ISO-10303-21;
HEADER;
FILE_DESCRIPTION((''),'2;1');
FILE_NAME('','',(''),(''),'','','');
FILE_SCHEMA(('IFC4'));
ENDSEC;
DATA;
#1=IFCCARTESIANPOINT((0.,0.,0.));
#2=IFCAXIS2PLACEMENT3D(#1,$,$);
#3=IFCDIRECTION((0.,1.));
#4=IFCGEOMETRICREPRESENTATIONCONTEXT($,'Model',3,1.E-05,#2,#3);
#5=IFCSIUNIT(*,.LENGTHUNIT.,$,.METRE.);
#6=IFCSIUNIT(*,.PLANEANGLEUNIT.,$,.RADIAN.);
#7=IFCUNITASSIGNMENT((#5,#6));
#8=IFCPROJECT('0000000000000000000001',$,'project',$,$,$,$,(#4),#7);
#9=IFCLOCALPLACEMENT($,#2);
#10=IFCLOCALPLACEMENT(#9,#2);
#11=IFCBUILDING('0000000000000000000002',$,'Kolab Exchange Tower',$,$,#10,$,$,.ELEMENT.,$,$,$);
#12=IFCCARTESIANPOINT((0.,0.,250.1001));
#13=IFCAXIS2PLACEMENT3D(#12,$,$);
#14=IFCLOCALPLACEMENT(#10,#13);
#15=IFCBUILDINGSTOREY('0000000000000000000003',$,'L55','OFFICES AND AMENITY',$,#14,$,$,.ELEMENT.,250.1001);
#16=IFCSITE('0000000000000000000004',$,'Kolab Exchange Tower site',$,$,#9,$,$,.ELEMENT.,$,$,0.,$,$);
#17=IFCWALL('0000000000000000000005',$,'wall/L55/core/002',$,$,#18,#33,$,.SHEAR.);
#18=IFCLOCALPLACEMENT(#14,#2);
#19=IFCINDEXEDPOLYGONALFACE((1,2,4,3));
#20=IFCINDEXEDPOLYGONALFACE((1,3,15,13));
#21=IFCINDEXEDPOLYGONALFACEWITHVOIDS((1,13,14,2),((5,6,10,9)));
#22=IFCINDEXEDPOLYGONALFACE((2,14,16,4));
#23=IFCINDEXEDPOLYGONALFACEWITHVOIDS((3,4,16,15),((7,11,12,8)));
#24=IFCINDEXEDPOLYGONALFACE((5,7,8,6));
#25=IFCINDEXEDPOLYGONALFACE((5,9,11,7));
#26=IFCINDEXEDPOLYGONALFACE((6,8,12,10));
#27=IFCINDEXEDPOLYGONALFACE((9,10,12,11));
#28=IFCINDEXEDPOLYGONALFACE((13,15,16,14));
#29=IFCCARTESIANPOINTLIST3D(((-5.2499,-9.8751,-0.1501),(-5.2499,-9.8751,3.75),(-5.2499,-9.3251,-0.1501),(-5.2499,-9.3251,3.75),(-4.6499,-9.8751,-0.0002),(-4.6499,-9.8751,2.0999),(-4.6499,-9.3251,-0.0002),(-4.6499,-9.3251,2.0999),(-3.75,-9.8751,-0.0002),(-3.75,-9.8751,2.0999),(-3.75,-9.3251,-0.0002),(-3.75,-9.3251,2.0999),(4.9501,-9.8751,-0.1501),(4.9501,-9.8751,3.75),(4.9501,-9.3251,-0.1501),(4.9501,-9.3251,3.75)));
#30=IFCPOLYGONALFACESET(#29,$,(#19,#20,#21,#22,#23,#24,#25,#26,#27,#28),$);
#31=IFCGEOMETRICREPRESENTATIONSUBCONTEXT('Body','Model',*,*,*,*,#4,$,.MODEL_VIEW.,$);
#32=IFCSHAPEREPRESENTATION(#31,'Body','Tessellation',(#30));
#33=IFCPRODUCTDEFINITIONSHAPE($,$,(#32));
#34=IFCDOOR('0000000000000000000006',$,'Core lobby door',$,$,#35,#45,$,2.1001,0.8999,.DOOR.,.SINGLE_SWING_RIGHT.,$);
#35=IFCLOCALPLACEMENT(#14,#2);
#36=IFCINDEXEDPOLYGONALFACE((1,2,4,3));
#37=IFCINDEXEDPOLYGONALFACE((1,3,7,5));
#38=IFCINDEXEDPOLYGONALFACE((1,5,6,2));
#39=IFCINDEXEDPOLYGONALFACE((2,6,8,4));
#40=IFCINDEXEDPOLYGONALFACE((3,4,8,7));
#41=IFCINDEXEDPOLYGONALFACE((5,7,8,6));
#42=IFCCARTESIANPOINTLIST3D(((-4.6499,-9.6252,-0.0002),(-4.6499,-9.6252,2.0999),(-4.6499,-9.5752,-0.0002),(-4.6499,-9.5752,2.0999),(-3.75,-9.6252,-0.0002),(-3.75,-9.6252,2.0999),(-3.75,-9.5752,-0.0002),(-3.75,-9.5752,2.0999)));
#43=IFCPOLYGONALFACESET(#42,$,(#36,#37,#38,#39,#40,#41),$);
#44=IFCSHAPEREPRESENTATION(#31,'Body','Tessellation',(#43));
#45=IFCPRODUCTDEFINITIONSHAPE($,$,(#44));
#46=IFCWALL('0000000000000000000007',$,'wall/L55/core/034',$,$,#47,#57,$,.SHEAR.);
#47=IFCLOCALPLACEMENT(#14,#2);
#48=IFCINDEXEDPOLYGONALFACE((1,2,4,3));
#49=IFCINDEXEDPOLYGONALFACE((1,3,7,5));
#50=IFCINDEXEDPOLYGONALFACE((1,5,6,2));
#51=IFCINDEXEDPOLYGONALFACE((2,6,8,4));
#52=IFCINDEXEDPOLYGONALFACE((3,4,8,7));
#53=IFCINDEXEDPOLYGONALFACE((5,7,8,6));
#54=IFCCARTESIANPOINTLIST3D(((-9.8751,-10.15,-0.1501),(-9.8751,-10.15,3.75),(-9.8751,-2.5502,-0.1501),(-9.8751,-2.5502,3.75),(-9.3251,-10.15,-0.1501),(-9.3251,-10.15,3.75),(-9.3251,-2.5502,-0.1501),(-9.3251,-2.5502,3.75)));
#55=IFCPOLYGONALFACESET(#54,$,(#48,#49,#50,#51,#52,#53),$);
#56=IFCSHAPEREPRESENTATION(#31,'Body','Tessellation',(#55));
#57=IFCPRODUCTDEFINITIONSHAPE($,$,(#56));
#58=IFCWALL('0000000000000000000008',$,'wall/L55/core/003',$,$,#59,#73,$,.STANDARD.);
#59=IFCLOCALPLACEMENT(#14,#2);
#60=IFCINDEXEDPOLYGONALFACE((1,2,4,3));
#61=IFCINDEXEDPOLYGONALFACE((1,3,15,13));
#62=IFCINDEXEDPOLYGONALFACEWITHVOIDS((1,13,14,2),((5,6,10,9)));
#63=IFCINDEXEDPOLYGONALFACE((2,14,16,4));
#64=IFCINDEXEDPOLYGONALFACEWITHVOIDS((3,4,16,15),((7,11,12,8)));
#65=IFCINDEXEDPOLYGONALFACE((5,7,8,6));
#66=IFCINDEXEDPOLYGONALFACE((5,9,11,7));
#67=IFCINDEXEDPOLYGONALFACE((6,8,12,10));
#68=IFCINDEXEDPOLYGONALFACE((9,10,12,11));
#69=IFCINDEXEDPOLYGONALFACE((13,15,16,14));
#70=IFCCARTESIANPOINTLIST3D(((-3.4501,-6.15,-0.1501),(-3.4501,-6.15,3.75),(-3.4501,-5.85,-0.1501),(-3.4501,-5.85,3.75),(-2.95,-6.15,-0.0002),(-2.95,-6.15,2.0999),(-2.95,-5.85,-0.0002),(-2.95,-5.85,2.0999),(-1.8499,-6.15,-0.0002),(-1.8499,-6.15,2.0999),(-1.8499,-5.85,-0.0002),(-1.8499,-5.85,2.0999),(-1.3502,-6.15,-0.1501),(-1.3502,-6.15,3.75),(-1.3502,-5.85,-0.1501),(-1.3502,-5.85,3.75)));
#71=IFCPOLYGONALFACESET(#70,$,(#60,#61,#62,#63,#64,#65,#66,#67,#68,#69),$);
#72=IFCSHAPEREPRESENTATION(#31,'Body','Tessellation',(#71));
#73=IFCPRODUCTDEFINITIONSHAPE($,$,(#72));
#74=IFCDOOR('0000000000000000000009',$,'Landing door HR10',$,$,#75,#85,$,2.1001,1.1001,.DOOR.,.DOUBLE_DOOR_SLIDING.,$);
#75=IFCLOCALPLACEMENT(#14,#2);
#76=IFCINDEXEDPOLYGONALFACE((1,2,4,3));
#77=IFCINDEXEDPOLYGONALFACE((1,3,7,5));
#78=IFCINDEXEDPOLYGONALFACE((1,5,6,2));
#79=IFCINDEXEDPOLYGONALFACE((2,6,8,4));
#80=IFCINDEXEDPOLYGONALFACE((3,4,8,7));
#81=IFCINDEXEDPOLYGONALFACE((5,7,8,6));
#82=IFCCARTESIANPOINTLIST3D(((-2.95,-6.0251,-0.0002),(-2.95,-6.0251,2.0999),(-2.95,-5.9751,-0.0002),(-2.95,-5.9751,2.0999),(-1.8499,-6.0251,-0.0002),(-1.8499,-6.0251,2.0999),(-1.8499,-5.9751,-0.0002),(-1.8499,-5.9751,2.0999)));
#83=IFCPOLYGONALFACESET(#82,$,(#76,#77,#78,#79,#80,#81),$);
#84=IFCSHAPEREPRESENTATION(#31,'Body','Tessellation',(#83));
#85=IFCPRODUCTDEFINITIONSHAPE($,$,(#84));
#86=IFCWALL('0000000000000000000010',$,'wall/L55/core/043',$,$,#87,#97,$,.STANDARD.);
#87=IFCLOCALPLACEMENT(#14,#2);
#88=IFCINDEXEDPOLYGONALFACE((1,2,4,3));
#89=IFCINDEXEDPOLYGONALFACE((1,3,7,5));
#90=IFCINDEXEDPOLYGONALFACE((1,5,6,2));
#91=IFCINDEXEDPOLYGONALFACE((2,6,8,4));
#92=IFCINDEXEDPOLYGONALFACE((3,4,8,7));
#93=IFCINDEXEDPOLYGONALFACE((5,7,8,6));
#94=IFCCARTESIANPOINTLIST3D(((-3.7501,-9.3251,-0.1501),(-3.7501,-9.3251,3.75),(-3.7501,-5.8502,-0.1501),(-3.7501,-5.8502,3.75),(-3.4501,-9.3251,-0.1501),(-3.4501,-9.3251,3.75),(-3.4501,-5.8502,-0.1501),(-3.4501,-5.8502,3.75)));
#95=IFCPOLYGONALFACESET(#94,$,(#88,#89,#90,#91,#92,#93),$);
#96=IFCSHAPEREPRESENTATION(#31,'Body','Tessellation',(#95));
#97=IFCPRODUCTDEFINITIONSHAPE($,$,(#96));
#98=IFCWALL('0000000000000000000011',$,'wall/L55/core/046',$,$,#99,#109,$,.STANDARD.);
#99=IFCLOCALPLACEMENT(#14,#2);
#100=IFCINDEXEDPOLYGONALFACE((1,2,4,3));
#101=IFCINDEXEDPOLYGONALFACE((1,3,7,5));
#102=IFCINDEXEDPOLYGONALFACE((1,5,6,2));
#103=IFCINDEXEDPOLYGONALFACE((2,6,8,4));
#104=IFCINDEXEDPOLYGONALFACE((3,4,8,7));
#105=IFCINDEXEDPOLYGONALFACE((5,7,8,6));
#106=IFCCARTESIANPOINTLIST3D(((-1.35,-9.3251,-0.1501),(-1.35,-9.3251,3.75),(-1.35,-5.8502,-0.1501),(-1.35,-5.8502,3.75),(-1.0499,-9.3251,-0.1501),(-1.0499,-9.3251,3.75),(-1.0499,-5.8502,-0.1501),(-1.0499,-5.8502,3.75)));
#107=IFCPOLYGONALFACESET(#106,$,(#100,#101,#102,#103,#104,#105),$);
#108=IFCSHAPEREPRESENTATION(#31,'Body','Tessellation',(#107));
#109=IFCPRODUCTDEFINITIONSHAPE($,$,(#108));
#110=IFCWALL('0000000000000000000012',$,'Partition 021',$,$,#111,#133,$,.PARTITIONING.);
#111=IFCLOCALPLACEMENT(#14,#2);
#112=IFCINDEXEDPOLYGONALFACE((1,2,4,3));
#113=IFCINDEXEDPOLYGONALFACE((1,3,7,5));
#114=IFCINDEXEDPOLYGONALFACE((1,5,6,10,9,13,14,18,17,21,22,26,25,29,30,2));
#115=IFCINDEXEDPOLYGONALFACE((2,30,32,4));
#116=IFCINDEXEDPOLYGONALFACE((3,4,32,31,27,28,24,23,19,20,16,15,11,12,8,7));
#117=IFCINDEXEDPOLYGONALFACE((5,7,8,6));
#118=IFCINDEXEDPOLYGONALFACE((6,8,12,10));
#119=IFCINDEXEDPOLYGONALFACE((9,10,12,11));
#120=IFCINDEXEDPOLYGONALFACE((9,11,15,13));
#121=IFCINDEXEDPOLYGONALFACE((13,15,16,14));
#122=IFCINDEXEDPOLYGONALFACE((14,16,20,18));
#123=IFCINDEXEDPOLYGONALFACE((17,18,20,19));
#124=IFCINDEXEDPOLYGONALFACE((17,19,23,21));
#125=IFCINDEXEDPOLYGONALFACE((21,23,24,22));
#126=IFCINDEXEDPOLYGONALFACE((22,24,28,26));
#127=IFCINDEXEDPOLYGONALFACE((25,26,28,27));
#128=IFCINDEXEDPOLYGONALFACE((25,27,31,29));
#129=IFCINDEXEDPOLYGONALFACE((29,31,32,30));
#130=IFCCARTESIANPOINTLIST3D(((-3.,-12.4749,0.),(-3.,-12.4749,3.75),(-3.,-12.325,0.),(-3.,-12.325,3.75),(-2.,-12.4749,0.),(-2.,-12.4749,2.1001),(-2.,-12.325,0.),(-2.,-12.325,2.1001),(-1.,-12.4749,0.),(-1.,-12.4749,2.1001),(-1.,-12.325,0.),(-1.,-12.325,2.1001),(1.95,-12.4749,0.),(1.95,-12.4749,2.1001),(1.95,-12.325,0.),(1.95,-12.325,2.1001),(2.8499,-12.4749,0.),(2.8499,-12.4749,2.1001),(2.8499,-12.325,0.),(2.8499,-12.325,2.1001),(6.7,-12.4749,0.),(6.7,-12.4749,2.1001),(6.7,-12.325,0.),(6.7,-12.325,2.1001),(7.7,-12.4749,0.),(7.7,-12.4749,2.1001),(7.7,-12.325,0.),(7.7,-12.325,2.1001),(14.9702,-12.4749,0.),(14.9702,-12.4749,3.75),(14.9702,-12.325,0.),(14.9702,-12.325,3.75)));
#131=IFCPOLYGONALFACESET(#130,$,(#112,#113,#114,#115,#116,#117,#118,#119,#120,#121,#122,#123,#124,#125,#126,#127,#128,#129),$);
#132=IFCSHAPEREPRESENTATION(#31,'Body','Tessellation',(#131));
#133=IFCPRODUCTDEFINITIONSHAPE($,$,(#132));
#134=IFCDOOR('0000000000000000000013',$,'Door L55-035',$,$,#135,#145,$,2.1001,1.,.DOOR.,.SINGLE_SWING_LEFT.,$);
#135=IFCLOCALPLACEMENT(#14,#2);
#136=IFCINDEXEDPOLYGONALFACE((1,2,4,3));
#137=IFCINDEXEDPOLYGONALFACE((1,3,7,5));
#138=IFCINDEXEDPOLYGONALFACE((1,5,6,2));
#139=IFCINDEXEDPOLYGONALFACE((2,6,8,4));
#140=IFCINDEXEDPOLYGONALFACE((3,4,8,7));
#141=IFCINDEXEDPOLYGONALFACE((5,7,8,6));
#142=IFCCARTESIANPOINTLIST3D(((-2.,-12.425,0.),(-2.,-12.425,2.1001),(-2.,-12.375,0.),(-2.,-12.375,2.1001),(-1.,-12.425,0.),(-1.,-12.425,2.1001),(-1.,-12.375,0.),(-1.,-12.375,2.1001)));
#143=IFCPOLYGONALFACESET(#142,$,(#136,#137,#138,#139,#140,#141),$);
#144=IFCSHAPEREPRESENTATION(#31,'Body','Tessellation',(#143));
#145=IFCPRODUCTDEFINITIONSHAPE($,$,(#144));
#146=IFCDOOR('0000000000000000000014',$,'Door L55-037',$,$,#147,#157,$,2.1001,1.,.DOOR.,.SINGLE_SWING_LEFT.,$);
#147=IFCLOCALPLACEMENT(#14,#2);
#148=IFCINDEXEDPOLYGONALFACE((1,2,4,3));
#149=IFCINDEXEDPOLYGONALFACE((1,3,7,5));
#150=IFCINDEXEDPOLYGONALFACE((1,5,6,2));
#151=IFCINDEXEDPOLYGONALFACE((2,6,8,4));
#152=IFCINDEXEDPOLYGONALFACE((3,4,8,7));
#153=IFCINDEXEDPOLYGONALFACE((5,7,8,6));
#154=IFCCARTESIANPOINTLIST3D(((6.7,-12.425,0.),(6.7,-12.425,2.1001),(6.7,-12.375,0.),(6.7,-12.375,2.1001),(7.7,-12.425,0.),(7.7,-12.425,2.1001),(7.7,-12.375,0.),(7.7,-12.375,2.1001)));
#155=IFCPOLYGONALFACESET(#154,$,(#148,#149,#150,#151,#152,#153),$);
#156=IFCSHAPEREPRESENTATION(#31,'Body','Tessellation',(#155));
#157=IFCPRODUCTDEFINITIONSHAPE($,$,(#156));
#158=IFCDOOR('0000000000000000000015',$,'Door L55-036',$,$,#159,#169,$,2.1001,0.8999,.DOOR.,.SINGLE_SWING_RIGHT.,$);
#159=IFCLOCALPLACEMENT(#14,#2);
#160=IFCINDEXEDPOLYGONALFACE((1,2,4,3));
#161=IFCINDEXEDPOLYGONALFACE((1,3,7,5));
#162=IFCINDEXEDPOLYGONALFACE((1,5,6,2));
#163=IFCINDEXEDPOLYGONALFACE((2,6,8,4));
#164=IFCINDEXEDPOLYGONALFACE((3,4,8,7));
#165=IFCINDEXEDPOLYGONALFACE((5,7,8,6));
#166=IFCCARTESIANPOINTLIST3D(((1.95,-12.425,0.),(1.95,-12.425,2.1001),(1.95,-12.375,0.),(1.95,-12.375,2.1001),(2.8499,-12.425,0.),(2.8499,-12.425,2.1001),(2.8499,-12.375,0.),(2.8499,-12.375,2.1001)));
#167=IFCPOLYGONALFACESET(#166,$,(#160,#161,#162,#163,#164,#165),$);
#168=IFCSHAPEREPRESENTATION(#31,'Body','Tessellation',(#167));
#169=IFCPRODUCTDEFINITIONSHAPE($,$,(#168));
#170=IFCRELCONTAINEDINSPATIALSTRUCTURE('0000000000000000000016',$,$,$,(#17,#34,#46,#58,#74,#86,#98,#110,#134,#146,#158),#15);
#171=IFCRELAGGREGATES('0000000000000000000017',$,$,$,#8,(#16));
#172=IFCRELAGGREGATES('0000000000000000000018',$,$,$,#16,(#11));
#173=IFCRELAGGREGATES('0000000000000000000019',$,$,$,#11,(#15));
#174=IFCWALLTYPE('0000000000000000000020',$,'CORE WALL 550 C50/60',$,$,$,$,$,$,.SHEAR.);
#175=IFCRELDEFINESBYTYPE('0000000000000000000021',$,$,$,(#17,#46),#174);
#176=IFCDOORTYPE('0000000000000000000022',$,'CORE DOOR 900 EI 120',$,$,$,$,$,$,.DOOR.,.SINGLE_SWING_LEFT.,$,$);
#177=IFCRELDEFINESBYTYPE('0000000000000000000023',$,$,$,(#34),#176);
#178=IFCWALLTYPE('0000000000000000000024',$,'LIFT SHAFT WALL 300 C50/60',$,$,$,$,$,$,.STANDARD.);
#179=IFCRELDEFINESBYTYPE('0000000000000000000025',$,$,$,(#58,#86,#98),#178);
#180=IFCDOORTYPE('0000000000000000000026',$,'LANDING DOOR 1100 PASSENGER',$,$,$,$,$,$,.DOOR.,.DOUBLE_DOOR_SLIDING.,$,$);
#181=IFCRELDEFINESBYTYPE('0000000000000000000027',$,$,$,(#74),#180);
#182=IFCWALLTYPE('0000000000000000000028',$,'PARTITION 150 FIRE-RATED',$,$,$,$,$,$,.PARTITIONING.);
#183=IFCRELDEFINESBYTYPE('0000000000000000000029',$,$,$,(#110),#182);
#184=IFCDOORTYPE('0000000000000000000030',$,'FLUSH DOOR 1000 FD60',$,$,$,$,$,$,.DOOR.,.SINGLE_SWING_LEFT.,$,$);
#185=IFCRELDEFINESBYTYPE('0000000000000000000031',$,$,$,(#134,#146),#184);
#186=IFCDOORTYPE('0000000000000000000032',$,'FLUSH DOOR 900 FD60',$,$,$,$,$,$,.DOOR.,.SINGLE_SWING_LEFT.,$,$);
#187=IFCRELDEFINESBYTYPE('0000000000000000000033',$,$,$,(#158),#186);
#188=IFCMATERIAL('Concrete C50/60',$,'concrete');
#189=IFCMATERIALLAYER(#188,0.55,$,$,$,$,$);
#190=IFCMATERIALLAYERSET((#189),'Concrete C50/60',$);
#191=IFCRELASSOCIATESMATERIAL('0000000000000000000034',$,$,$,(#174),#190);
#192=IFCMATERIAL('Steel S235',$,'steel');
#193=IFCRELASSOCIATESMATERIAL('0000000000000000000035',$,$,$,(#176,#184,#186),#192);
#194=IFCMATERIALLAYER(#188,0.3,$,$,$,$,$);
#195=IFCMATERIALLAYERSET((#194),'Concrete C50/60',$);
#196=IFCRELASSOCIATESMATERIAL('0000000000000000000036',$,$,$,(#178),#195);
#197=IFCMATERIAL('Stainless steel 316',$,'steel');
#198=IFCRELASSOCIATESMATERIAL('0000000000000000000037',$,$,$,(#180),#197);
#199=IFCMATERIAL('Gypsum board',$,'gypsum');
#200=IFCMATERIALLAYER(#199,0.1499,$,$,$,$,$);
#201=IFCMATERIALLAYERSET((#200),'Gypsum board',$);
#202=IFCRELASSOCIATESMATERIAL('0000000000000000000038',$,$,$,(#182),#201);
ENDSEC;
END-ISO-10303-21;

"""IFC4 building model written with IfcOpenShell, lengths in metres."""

from ifc_helpers import new_model, si_unit, direction, frame, frame_2d, origin, place, context, subcontext, project, spatial, rectangle, extrude, material, layer, layer_set, type_object, element, fill, save


model = new_model("IFC4")

# Units and contexts
model_context = context("Model", 3, precision=1e-05, world=origin(), true_north=direction((0.0, 1.0)))
body_context = subcontext(model_context, "Body", "Model", "MODEL_VIEW")
ifc_project = project(units=[si_unit("LENGTHUNIT", "METRE"), si_unit("PLANEANGLEUNIT", "RADIAN")], contexts=[model_context])

# Site, building, storey
site_placement = place(None, origin())
site = spatial("IfcSite", under=ifc_project, at=site_placement, Name="Kolab Exchange Tower site", CompositionType="ELEMENT", RefElevation=0.0)
building_placement = place(site_placement, origin())
building = spatial("IfcBuilding", under=site, at=building_placement, Name="Kolab Exchange Tower", CompositionType="ELEMENT")
storey_placement = place(building_placement, frame((0.0, 0.0, 250.1001)))
storey = spatial("IfcBuildingStorey", under=building, at=storey_placement, Name="L55", Description="OFFICES AND AMENITY", CompositionType="ELEMENT", Elevation=250.1001)

# Wall, opening, door
ifc_material_1 = material(Name="Concrete C50/60", Category="concrete")
ifc_layer_1 = layer(ifc_material_1, 0.55)
ifc_layer_set_1 = layer_set([ifc_layer_1], Name="Concrete C50/60")
wall_type_1 = type_object("IfcWallType", Name="CORE WALL 550 C50/60", PredefinedType="SHEAR", material=ifc_layer_set_1)
wall_1_placement = place(storey_placement, frame((-5.25, -9.6001, -0.1501), z_axis=(0.0, 0.0, 1.0), x_axis=(1.0, 0.0, 0.0)))
wall_1 = element("IfcWall", 1, at=wall_1_placement, inside=storey, type_object=wall_type_1, Name="wall/L55/core/002", PredefinedType="SHEAR", context=body_context, shape_type="SweptSolid", body=[
    extrude(rectangle(XDim=10.2, YDim=0.55, at=frame_2d((5.1001, 0.0))), origin(), (0.0, 0.0, 1.0), 3.9001),
])
opening_1_placement = place(wall_1_placement, frame((0.6001, 0.0, 0.1499)))
opening_1 = element("IfcOpeningElement", 2, at=opening_1_placement, cuts=wall_1, PredefinedType="OPENING", context=body_context, shape_type="SweptSolid", body=[
    extrude(rectangle(XDim=0.8999, YDim=2.1001, at=frame_2d((0.45, 1.05))), frame((0.0, 0.2852, 0.0), z_axis=(0.0, -1.0, 0.0), x_axis=(1.0, 0.0, 0.0)), (0.0, 0.0, 1.0), 0.5701),
])
ifc_material_2 = material(Name="Steel S235", Category="steel")
door_type_1 = type_object("IfcDoorType", Name="CORE DOOR 900 EI 120", OperationType="SINGLE_SWING_LEFT", PredefinedType="DOOR", material=ifc_material_2)
door_1_placement = place(opening_1_placement, origin())
door_1 = element("IfcDoor", 3, at=door_1_placement, inside=storey, type_object=door_type_1, Name="Core lobby door", OperationType="SINGLE_SWING_RIGHT", OverallHeight=2.1001, OverallWidth=0.8999, PredefinedType="DOOR", context=body_context, shape_type="SweptSolid", body=[
    extrude(rectangle(XDim=0.8999, YDim=2.1001, at=frame_2d((0.45, 1.05))), frame((0.0, 0.0249, 0.0), z_axis=(0.0, -1.0, 0.0), x_axis=(1.0, 0.0, 0.0)), (0.0, 0.0, 1.0), 0.05),
])
fill(opening_1, door_1)

# Wall
wall_2_placement = place(storey_placement, frame((-9.6001, -10.1499, -0.1501), z_axis=(0.0, 0.0, 1.0), x_axis=(0.0, 1.0, 0.0)))
element("IfcWall", 4, at=wall_2_placement, inside=storey, type_object=wall_type_1, Name="wall/L55/core/034", PredefinedType="SHEAR", context=body_context, shape_type="SweptSolid", body=[
    extrude(rectangle(XDim=7.5999, YDim=0.55, at=frame_2d((3.7998, 0.0))), origin(), (0.0, 0.0, 1.0), 3.9001),
])

# Wall, opening, door
ifc_layer_2 = layer(ifc_material_1, 0.3)
ifc_layer_set_2 = layer_set([ifc_layer_2], Name="Concrete C50/60")
wall_type_2 = type_object("IfcWallType", Name="LIFT SHAFT WALL 300 C50/60", PredefinedType="STANDARD", material=ifc_layer_set_2)
wall_3_placement = place(storey_placement, frame((-3.45, -6.0, -0.1501), z_axis=(0.0, 0.0, 1.0), x_axis=(1.0, 0.0, 0.0)))
wall_3 = element("IfcWall", 5, at=wall_3_placement, inside=storey, type_object=wall_type_2, Name="wall/L55/core/003", PredefinedType="STANDARD", context=body_context, shape_type="SweptSolid", body=[
    extrude(rectangle(XDim=2.0999, YDim=0.3, at=frame_2d((1.0498, 0.0))), origin(), (0.0, 0.0, 1.0), 3.9001),
])
opening_2_placement = place(wall_3_placement, frame((0.5, 0.0, 0.1499)))
opening_2 = element("IfcOpeningElement", 6, at=opening_2_placement, cuts=wall_3, PredefinedType="OPENING", context=body_context, shape_type="SweptSolid", body=[
    extrude(rectangle(XDim=1.1001, YDim=2.1001, at=frame_2d((0.55, 1.05))), frame((0.0, 0.1602, 0.0), z_axis=(0.0, -1.0, 0.0), x_axis=(1.0, 0.0, 0.0)), (0.0, 0.0, 1.0), 0.3201),
])
ifc_material_3 = material(Name="Stainless steel 316", Category="steel")
door_type_2 = type_object("IfcDoorType", Name="LANDING DOOR 1100 PASSENGER", OperationType="DOUBLE_DOOR_SLIDING", PredefinedType="DOOR", material=ifc_material_3)
door_2_placement = place(opening_2_placement, origin())
door_2 = element("IfcDoor", 7, at=door_2_placement, inside=storey, type_object=door_type_2, Name="Landing door HR10", OperationType="DOUBLE_DOOR_SLIDING", OverallHeight=2.1001, OverallWidth=1.1001, PredefinedType="DOOR", context=body_context, shape_type="SweptSolid", body=[
    extrude(rectangle(XDim=1.1001, YDim=2.1001, at=frame_2d((0.55, 1.05))), frame((0.0, 0.0249, 0.0), z_axis=(0.0, -1.0, 0.0), x_axis=(1.0, 0.0, 0.0)), (0.0, 0.0, 1.0), 0.05),
])
fill(opening_2, door_2)

# Walls
for number, where, z_axis, x_axis, name in (
    (8, (-3.6001, -9.325, -0.1501), (0.0, 0.0, 1.0), (0.0, 1.0, 0.0), "wall/L55/core/043"),
    (9, (-1.2, -9.325, -0.1501), (0.0, 0.0, 1.0), (0.0, 1.0, 0.0), "wall/L55/core/046"),
):
    element("IfcWall", number, at=place(storey_placement, frame(where, z_axis=z_axis, x_axis=x_axis)), inside=storey, type_object=wall_type_2, Name=name, PredefinedType="STANDARD", context=body_context, shape_type="SweptSolid", body=[
        extrude(rectangle(XDim=3.4749, YDim=0.3, at=frame_2d((1.7373, 0.0))), origin(), (0.0, 0.0, 1.0), 3.9001),
    ])

# Wall, openings, doors
ifc_material_4 = material(Name="Gypsum board", Category="gypsum")
ifc_layer_3 = layer(ifc_material_4, 0.1499)
ifc_layer_set_3 = layer_set([ifc_layer_3], Name="Gypsum board")
wall_type_3 = type_object("IfcWallType", Name="PARTITION 150 FIRE-RATED", PredefinedType="PARTITIONING", material=ifc_layer_set_3)
wall_4_placement = place(storey_placement, frame((-3.0, -12.3999, 0.0), z_axis=(0.0, 0.0, 1.0), x_axis=(1.0, 0.0, 0.0)))
wall_4 = element("IfcWall", 10, at=wall_4_placement, inside=storey, type_object=wall_type_3, Name="Partition 021", PredefinedType="PARTITIONING", context=body_context, shape_type="SweptSolid", body=[
    extrude(rectangle(XDim=17.9702, YDim=0.1499, at=frame_2d((8.9851, 0.0))), origin(), (0.0, 0.0, 1.0), 3.75),
])
opening_3_placement = place(wall_4_placement, frame((1.0, 0.0, 0.0)))
opening_3 = element("IfcOpeningElement", 11, at=opening_3_placement, cuts=wall_4, PredefinedType="OPENING", context=body_context, shape_type="SweptSolid", body=[
    extrude(rectangle(XDim=1.0, YDim=2.1001, at=frame_2d((0.5, 1.05))), frame((0.0, 0.085, 0.0), z_axis=(0.0, -1.0, 0.0), x_axis=(1.0, 0.0, 0.0)), (0.0, 0.0, 1.0), 0.1699),
])
opening_4_placement = place(wall_4_placement, frame((4.95, 0.0, 0.0)))
opening_4 = element("IfcOpeningElement", 12, at=opening_4_placement, cuts=wall_4, PredefinedType="OPENING", context=body_context, shape_type="SweptSolid", body=[
    extrude(rectangle(XDim=0.8999, YDim=2.1001, at=frame_2d((0.45, 1.05))), frame((0.0, 0.085, 0.0), z_axis=(0.0, -1.0, 0.0), x_axis=(1.0, 0.0, 0.0)), (0.0, 0.0, 1.0), 0.1699),
])
opening_5_placement = place(wall_4_placement, frame((9.7, 0.0, 0.0)))
opening_5 = element("IfcOpeningElement", 13, at=opening_5_placement, cuts=wall_4, PredefinedType="OPENING", context=body_context, shape_type="SweptSolid", body=[
    extrude(rectangle(XDim=1.0, YDim=2.1001, at=frame_2d((0.5, 1.05))), frame((0.0, 0.085, 0.0), z_axis=(0.0, -1.0, 0.0), x_axis=(1.0, 0.0, 0.0)), (0.0, 0.0, 1.0), 0.1699),
])
door_type_3 = type_object("IfcDoorType", Name="FLUSH DOOR 1000 FD60", OperationType="SINGLE_SWING_LEFT", PredefinedType="DOOR", material=ifc_material_2)
door_3_placement = place(opening_3_placement, origin())
door_3 = element("IfcDoor", 14, at=door_3_placement, inside=storey, type_object=door_type_3, Name="Door L55-035", OperationType="SINGLE_SWING_LEFT", OverallHeight=2.1001, OverallWidth=1.0, PredefinedType="DOOR", context=body_context, shape_type="SweptSolid", body=[
    extrude(rectangle(XDim=1.0, YDim=2.1001, at=frame_2d((0.5, 1.05))), frame((0.0, 0.0249, 0.0), z_axis=(0.0, -1.0, 0.0), x_axis=(1.0, 0.0, 0.0)), (0.0, 0.0, 1.0), 0.05),
])
fill(opening_3, door_3)
door_4_placement = place(opening_5_placement, origin())
door_4 = element("IfcDoor", 15, at=door_4_placement, inside=storey, type_object=door_type_3, Name="Door L55-037", OperationType="SINGLE_SWING_LEFT", OverallHeight=2.1001, OverallWidth=1.0, PredefinedType="DOOR", context=body_context, shape_type="SweptSolid", body=[
    extrude(rectangle(XDim=1.0, YDim=2.1001, at=frame_2d((0.5, 1.05))), frame((0.0, 0.0249, 0.0), z_axis=(0.0, -1.0, 0.0), x_axis=(1.0, 0.0, 0.0)), (0.0, 0.0, 1.0), 0.05),
])
fill(opening_5, door_4)
door_type_4 = type_object("IfcDoorType", Name="FLUSH DOOR 900 FD60", OperationType="SINGLE_SWING_LEFT", PredefinedType="DOOR", material=ifc_material_2)
door_5_placement = place(opening_4_placement, origin())
door_5 = element("IfcDoor", 16, at=door_5_placement, inside=storey, type_object=door_type_4, Name="Door L55-036", OperationType="SINGLE_SWING_RIGHT", OverallHeight=2.1001, OverallWidth=0.8999, PredefinedType="DOOR", context=body_context, shape_type="SweptSolid", body=[
    extrude(rectangle(XDim=0.8999, YDim=2.1001, at=frame_2d((0.45, 1.05))), frame((0.0, 0.0249, 0.0), z_axis=(0.0, -1.0, 0.0), x_axis=(1.0, 0.0, 0.0)), (0.0, 0.0, 1.0), 0.05),
])
fill(opening_4, door_5)

save(model, "model.ifc")
